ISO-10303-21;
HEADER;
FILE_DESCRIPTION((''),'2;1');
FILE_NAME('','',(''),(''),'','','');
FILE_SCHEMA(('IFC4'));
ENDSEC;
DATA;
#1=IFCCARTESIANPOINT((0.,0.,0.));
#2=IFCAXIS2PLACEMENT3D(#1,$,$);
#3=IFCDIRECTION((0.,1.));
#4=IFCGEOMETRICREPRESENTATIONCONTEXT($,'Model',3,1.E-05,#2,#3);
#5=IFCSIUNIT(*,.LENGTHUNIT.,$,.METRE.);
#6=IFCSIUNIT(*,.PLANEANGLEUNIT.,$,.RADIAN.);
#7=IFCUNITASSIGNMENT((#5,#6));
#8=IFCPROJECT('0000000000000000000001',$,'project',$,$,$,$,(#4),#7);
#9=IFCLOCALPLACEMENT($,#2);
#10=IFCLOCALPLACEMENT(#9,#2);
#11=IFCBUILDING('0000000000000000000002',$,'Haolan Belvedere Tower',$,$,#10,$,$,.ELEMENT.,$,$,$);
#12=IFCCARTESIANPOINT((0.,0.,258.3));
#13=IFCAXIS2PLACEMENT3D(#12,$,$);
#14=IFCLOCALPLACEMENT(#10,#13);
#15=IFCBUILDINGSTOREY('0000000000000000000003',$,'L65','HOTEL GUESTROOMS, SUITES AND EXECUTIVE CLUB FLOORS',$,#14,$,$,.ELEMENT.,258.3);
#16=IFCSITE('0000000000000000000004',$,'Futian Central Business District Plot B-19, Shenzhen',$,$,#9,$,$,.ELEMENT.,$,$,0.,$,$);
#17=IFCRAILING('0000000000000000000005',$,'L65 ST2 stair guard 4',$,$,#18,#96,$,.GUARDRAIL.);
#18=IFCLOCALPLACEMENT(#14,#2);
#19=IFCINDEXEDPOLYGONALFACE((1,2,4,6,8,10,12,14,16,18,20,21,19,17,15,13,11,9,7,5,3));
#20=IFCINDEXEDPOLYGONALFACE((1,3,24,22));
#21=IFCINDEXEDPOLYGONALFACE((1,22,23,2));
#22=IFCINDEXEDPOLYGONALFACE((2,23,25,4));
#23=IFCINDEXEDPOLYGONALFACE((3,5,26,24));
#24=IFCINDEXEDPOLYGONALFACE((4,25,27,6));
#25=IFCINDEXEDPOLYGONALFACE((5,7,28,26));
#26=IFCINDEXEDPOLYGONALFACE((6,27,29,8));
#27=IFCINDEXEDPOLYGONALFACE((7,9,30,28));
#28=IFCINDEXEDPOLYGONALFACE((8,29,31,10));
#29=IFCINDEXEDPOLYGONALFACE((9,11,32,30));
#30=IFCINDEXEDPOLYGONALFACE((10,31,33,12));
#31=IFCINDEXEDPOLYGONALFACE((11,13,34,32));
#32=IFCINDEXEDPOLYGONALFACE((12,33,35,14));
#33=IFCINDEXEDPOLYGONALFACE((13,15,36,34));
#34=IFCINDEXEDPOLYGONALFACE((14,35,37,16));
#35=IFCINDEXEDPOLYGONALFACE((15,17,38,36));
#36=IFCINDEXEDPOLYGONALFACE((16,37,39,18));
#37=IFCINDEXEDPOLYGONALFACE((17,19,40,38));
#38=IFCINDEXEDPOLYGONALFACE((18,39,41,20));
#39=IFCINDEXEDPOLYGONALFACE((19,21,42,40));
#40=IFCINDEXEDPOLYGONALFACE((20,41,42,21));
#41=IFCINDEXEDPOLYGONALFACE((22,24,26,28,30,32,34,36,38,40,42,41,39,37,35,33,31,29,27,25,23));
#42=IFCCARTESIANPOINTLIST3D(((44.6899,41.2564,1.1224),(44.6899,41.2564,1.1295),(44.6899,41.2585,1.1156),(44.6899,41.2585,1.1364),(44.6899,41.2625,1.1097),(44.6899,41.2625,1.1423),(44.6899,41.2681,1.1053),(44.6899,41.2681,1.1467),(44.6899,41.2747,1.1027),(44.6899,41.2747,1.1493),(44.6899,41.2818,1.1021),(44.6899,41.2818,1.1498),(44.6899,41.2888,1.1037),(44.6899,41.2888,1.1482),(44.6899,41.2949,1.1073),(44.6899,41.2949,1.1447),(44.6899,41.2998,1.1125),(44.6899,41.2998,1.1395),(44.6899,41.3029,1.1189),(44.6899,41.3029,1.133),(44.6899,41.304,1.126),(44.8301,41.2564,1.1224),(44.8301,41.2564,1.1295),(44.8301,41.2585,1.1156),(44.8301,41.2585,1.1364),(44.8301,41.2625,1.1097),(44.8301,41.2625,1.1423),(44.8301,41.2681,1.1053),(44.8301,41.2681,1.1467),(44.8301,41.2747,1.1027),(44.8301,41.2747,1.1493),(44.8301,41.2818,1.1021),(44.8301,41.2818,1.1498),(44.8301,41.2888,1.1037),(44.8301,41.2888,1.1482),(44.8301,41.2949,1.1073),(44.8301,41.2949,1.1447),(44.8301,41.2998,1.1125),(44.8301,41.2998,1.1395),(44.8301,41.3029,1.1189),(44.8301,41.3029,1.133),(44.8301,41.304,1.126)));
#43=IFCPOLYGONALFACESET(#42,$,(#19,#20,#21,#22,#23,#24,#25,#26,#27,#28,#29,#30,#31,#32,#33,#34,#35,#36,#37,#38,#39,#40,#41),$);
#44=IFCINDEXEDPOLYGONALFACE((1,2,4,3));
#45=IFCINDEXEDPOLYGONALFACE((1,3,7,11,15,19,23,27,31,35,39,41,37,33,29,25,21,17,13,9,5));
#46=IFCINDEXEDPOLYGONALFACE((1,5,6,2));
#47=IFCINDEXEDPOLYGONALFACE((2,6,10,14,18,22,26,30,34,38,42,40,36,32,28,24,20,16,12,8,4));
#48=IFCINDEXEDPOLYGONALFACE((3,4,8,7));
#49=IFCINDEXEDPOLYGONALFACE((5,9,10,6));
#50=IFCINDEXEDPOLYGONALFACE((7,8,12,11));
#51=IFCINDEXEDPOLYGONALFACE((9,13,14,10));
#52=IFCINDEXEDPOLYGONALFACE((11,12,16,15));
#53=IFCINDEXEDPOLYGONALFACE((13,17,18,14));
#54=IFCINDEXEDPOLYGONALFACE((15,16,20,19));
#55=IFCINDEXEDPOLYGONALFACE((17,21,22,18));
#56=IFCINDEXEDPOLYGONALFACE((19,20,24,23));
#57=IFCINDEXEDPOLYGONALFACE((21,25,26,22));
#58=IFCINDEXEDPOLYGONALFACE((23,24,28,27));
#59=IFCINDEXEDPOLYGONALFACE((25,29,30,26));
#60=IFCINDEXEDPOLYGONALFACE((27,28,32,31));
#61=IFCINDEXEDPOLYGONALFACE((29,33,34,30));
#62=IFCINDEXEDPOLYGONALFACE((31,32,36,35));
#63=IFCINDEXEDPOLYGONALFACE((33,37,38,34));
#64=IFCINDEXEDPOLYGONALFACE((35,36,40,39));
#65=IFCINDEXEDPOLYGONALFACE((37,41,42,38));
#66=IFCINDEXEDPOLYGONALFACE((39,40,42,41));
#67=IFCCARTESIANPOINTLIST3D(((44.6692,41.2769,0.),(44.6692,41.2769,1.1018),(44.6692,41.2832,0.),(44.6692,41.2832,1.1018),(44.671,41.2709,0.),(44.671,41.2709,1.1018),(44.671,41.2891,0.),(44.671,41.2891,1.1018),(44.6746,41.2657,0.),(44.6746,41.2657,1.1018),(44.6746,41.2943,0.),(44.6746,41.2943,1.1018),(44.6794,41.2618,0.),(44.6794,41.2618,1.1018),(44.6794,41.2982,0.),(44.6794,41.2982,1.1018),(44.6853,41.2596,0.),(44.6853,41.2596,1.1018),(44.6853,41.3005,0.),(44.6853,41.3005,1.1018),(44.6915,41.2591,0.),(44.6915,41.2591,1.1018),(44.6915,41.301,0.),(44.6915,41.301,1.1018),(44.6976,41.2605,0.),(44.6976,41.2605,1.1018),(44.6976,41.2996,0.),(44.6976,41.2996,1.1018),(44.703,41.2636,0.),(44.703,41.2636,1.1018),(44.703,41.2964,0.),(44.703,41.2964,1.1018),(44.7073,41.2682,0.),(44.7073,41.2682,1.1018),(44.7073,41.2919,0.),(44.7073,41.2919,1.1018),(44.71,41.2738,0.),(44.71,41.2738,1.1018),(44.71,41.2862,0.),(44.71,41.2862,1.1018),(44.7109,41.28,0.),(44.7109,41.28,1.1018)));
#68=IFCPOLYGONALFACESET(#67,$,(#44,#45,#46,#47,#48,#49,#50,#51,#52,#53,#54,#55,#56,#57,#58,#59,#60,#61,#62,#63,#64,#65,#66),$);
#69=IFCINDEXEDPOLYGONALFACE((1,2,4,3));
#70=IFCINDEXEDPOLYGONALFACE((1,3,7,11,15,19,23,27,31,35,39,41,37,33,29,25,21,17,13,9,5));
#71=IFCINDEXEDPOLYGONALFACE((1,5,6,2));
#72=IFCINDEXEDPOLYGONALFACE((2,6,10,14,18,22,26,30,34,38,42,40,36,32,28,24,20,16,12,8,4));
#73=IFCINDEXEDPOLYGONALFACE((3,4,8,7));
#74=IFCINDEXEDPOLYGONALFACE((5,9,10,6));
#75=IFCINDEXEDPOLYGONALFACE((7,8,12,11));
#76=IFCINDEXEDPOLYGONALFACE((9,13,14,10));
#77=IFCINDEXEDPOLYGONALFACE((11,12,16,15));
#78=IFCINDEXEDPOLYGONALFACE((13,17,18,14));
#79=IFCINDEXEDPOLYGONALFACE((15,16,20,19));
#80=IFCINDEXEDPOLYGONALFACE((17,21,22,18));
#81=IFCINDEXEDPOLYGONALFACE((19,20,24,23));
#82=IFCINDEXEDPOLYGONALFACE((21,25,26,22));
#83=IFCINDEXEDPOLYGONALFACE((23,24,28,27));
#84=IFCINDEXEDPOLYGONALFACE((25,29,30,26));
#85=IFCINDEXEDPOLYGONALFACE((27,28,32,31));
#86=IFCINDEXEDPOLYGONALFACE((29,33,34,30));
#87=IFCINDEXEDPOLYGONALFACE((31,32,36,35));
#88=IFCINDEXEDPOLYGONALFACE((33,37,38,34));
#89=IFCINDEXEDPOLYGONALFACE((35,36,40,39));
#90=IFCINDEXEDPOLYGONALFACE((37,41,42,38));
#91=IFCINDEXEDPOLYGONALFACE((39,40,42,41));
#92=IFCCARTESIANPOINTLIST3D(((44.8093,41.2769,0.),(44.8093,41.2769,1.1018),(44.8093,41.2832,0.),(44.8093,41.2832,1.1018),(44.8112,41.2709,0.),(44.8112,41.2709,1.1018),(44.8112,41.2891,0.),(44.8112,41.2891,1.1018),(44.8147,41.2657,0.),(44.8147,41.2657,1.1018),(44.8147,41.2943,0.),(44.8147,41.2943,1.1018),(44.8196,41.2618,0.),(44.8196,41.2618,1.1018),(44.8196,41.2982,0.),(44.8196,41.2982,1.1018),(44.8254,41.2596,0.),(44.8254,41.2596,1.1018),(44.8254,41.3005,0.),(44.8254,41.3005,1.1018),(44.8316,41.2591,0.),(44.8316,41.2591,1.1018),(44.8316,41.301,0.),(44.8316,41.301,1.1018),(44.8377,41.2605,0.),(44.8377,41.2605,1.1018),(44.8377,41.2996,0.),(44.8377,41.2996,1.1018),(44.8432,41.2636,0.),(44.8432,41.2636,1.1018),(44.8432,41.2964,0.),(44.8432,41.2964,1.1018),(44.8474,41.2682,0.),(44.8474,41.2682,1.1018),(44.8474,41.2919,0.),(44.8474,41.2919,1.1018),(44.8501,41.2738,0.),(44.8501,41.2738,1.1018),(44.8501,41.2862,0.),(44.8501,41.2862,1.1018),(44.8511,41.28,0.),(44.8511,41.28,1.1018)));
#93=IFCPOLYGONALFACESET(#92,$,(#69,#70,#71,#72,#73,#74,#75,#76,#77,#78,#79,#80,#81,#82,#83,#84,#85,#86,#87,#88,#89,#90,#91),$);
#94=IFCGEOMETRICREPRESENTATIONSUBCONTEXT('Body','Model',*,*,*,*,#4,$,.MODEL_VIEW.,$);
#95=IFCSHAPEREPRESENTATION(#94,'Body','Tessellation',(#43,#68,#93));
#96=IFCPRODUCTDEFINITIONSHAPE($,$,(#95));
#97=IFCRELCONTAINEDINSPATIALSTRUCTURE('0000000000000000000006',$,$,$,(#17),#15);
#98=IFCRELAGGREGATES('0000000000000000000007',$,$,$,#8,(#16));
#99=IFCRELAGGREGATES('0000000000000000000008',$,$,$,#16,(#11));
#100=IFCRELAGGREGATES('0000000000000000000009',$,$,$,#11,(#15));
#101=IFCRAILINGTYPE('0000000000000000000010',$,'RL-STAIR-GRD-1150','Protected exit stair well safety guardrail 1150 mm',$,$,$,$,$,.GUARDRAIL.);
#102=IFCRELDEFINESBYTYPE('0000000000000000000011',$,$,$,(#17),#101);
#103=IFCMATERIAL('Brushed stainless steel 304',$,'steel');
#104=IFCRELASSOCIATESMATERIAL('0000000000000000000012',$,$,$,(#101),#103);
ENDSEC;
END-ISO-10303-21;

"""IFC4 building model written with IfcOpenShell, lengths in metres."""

from ifc_helpers import new_model, si_unit, direction, frame, origin, origin_2d, place, context, subcontext, project, spatial, circle, extrude, material, type_object, element, save


model = new_model("IFC4")

# Units and contexts
model_context = context("Model", 3, precision=1e-05, world=origin(), true_north=direction((0.0, 1.0)))
body_context = subcontext(model_context, "Body", "Model", "MODEL_VIEW")
ifc_project = project(units=[si_unit("LENGTHUNIT", "METRE"), si_unit("PLANEANGLEUNIT", "RADIAN")], contexts=[model_context])

# Site, building, storey
site_placement = place(None, origin())
site = spatial("IfcSite", under=ifc_project, at=site_placement, Name="Futian Central Business District Plot B-19, Shenzhen", CompositionType="ELEMENT", RefElevation=0.0)
building_placement = place(site_placement, origin())
building = spatial("IfcBuilding", under=site, at=building_placement, Name="Haolan Belvedere Tower", CompositionType="ELEMENT")
storey_placement = place(building_placement, frame((0.0, 0.0, 258.3)))
storey = spatial("IfcBuildingStorey", under=building, at=storey_placement, Name="L65", Description="HOTEL GUESTROOMS, SUITES AND EXECUTIVE CLUB FLOORS", CompositionType="ELEMENT", Elevation=258.3)

# Railing
ifc_material_1 = material(Name="Brushed stainless steel 304", Category="steel")
railing_type_1 = type_object("IfcRailingType", Name="RL-STAIR-GRD-1150", Description="Protected exit stair well safety guardrail 1150 mm", PredefinedType="GUARDRAIL", material=ifc_material_1)
railing_1_placement = place(storey_placement, frame((44.6899, 41.28, 0.0)))
element("IfcRailing", 1, at=railing_1_placement, inside=storey, type_object=railing_type_1, Name="L65 ST2 stair guard 4", PredefinedType="GUARDRAIL", context=body_context, shape_type="SweptSolid", body=[
    extrude(circle(Radius=0.0239, at=origin_2d()), frame((0.0, 0.0, 1.126), z_axis=(1.0, 0.0, 0.0), x_axis=(0.0, 1.0, 0.0)), (0.0, 0.0, 1.0), 0.1401),
    extrude(circle(Radius=0.021, at=origin_2d()), origin(), (0.0, 0.0, 1.0), 1.1018),
    extrude(circle(Radius=0.021, at=origin_2d()), frame((0.1401, 0.0, 0.0)), (0.0, 0.0, 1.0), 1.1018),
])

save(model, "model.ifc")
